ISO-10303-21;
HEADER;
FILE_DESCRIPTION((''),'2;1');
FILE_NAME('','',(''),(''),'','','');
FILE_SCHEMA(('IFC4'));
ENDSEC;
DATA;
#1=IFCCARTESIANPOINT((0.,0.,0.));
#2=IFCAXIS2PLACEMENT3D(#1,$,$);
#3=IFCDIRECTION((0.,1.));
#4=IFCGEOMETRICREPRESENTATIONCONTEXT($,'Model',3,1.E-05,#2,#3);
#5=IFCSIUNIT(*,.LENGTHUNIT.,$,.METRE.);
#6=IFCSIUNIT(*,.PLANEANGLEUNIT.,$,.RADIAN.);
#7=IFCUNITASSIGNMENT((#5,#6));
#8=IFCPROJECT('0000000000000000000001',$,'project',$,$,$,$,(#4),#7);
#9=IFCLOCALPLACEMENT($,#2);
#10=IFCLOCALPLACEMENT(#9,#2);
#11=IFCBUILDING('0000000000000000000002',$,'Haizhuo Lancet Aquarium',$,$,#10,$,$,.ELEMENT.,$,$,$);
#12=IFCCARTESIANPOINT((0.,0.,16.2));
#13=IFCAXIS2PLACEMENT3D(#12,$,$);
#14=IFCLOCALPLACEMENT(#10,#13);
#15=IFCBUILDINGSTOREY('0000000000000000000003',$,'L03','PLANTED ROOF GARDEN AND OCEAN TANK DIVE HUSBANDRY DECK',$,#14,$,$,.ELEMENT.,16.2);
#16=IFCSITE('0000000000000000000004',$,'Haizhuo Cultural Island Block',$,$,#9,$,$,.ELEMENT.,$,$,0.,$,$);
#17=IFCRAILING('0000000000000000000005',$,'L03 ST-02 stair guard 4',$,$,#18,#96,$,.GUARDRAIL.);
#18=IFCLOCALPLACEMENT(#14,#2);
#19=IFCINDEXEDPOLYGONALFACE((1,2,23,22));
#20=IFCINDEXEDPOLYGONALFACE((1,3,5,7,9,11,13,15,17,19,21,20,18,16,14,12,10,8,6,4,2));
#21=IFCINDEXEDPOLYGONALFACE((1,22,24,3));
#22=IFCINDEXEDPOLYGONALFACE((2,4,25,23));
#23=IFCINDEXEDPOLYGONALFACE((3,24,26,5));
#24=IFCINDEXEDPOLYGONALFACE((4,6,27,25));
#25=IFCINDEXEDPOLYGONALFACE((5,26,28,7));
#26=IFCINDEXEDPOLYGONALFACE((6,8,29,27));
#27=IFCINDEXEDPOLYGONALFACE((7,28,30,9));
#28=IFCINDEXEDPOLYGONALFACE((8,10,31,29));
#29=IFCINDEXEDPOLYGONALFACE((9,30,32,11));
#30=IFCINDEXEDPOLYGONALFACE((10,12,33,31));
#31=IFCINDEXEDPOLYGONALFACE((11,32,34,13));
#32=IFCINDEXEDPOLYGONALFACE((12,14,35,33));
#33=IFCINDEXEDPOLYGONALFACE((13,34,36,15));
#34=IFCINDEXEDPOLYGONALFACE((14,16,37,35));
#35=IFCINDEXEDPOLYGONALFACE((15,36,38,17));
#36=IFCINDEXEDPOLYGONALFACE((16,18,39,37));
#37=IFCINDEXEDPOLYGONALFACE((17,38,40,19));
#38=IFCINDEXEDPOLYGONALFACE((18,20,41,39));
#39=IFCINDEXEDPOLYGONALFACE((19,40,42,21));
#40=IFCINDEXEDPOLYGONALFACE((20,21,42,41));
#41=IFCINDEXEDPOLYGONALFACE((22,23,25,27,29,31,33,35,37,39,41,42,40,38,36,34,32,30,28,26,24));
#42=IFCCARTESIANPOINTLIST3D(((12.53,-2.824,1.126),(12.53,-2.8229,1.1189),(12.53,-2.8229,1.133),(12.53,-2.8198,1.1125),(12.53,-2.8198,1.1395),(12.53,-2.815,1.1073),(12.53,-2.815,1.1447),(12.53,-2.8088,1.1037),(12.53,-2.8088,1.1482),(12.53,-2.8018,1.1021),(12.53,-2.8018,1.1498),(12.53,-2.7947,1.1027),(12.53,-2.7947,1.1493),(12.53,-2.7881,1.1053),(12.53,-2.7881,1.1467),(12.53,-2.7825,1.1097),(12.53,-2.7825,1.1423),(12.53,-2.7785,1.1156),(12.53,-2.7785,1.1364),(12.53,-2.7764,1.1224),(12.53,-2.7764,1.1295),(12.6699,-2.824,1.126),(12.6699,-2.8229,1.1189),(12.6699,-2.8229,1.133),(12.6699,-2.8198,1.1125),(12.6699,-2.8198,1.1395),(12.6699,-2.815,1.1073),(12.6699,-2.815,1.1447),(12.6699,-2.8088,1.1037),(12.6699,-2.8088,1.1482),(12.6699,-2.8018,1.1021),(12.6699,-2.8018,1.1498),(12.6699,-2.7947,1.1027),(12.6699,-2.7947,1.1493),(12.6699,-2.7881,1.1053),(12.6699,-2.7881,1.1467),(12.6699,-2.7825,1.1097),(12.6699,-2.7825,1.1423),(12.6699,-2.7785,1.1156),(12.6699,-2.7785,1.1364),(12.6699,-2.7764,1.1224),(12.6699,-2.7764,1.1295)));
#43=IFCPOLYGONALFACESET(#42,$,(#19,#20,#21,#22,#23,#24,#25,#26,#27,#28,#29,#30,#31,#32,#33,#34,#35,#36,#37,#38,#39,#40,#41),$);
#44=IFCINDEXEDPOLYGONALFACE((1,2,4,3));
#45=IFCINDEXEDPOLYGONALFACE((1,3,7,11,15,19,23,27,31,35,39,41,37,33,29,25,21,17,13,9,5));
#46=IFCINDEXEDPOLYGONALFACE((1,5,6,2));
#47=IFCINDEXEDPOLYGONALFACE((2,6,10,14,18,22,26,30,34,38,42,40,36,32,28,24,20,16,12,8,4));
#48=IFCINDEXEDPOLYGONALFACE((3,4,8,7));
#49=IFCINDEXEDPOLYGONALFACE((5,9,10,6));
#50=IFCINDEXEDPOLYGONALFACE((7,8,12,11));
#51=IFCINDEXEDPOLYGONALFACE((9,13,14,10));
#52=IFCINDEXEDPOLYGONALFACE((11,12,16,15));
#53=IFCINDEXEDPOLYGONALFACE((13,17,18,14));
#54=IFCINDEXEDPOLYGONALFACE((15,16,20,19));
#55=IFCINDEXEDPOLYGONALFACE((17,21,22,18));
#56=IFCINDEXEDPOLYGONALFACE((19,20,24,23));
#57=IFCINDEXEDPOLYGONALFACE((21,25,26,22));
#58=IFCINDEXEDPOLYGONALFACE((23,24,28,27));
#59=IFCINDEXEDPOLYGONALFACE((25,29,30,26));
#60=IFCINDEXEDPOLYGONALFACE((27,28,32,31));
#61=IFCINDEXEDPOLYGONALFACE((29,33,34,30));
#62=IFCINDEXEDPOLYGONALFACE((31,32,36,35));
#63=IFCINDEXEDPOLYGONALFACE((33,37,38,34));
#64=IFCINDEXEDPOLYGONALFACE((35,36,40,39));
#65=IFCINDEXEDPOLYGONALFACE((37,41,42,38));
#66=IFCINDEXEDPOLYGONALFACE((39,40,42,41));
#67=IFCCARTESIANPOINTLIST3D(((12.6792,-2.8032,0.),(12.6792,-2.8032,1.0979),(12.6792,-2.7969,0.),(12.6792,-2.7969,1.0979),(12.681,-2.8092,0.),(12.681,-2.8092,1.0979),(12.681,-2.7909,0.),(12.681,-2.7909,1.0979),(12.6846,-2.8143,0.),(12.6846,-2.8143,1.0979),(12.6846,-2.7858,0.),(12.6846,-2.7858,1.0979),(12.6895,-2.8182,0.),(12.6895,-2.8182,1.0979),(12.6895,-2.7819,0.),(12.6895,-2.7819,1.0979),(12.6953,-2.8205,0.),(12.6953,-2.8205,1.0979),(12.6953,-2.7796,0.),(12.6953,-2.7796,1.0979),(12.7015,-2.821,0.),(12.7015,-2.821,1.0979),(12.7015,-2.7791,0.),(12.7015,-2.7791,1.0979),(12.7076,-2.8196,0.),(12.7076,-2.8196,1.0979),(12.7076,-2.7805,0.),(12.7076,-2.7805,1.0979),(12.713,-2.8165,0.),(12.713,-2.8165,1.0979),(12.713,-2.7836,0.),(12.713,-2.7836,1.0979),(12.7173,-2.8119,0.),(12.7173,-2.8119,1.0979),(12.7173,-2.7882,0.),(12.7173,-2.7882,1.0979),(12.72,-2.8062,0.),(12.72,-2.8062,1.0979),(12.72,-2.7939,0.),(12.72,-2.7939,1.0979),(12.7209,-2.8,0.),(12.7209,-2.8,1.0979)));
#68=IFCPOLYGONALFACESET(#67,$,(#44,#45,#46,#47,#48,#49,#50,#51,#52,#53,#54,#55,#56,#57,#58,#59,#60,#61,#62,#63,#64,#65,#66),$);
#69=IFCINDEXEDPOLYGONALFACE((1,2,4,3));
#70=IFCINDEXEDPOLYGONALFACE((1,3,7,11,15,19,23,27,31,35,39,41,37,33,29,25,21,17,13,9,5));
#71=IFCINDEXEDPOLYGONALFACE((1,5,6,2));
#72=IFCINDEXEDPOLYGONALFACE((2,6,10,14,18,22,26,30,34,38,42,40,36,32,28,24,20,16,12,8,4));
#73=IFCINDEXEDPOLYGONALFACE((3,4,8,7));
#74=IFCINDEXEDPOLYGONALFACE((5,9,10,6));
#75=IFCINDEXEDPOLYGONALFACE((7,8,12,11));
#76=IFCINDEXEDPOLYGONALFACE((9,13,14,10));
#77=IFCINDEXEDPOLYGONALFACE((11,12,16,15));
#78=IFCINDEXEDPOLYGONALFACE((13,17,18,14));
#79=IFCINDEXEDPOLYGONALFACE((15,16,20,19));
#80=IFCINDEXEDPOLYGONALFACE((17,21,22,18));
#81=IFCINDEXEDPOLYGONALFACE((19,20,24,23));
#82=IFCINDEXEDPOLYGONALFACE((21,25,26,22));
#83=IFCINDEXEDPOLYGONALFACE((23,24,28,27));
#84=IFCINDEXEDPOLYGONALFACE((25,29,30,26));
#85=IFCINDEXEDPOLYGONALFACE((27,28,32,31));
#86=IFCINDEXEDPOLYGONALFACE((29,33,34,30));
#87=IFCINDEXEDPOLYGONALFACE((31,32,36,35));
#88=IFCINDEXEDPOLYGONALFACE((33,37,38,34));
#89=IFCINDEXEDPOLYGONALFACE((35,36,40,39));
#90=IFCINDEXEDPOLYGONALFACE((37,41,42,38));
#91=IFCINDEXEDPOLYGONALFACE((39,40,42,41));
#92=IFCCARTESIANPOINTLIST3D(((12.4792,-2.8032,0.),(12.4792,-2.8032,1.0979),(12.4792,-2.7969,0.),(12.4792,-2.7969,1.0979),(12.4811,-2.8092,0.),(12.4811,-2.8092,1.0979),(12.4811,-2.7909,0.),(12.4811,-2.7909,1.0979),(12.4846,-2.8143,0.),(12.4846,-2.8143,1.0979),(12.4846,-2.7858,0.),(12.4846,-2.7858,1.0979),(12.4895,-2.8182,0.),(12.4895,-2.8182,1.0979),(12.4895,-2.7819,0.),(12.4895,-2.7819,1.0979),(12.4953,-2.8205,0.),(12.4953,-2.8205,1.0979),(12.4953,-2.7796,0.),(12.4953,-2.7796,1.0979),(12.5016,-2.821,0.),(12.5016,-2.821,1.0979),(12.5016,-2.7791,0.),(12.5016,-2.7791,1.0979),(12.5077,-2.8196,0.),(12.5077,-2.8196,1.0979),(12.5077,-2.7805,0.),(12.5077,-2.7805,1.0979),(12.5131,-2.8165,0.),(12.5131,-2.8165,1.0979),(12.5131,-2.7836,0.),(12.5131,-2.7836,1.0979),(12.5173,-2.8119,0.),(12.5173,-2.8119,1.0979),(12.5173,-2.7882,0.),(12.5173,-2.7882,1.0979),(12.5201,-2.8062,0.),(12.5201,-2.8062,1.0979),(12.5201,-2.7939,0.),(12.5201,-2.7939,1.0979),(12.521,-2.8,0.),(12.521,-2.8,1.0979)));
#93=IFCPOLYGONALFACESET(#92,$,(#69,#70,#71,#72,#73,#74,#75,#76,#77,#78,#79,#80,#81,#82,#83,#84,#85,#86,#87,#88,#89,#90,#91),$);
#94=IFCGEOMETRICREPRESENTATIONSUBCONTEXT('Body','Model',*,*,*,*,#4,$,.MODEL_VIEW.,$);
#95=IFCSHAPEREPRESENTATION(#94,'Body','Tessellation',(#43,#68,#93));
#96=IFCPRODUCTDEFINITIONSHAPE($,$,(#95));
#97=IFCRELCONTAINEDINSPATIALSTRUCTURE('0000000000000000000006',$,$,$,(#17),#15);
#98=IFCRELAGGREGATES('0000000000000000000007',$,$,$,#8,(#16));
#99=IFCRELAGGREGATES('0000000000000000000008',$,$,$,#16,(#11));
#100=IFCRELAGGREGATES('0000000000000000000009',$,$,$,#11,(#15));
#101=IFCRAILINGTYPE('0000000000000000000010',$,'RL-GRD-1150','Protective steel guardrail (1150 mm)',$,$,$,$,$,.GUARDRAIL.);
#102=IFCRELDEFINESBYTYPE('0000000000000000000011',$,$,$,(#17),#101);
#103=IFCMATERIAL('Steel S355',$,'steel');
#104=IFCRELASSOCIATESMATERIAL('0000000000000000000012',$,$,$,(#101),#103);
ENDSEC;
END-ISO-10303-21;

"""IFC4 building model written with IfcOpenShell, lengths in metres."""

from ifc_helpers import new_model, si_unit, direction, frame, origin, origin_2d, place, context, subcontext, project, spatial, circle, extrude, material, type_object, element, save


model = new_model("IFC4")

# Units and contexts
model_context = context("Model", 3, precision=1e-05, world=origin(), true_north=direction((0.0, 1.0)))
body_context = subcontext(model_context, "Body", "Model", "MODEL_VIEW")
ifc_project = project(units=[si_unit("LENGTHUNIT", "METRE"), si_unit("PLANEANGLEUNIT", "RADIAN")], contexts=[model_context])

# Site, building, storey
site_placement = place(None, origin())
site = spatial("IfcSite", under=ifc_project, at=site_placement, Name="Haizhuo Cultural Island Block", CompositionType="ELEMENT", RefElevation=0.0)
building_placement = place(site_placement, origin())
building = spatial("IfcBuilding", under=site, at=building_placement, Name="Haizhuo Lancet Aquarium", CompositionType="ELEMENT")
storey_placement = place(building_placement, frame((0.0, 0.0, 16.2)))
storey = spatial("IfcBuildingStorey", under=building, at=storey_placement, Name="L03", Description="PLANTED ROOF GARDEN AND OCEAN TANK DIVE HUSBANDRY DECK", CompositionType="ELEMENT", Elevation=16.2)

# Shared definitions
ifc_material_1 = material(Name="Steel S355", Category="steel")

# Railing
railing_type_1 = type_object("IfcRailingType", Name="RL-GRD-1150", Description="Protective steel guardrail (1150 mm)", PredefinedType="GUARDRAIL", material=ifc_material_1)
railing_1_placement = place(storey_placement, frame((12.7, -2.8, 0.0)))
element("IfcRailing", 1, at=railing_1_placement, inside=storey, type_object=railing_type_1, Name="L03 ST-02 stair guard 4", PredefinedType="GUARDRAIL", context=body_context, shape_type="SweptSolid", body=[
    extrude(circle(Radius=0.0239, at=origin_2d()), frame((-0.03, 0.0, 1.126), z_axis=(-1.0, 0.0, 0.0), x_axis=(0.0, -1.0, 0.0)), (0.0, 0.0, 1.0), 0.1399),
    extrude(circle(Radius=0.021, at=origin_2d()), origin(), (0.0, 0.0, 1.0), 1.0979),
    extrude(circle(Radius=0.021, at=origin_2d()), frame((-0.2, 0.0, 0.0)), (0.0, 0.0, 1.0), 1.0979),
])

save(model, "model.ifc")
